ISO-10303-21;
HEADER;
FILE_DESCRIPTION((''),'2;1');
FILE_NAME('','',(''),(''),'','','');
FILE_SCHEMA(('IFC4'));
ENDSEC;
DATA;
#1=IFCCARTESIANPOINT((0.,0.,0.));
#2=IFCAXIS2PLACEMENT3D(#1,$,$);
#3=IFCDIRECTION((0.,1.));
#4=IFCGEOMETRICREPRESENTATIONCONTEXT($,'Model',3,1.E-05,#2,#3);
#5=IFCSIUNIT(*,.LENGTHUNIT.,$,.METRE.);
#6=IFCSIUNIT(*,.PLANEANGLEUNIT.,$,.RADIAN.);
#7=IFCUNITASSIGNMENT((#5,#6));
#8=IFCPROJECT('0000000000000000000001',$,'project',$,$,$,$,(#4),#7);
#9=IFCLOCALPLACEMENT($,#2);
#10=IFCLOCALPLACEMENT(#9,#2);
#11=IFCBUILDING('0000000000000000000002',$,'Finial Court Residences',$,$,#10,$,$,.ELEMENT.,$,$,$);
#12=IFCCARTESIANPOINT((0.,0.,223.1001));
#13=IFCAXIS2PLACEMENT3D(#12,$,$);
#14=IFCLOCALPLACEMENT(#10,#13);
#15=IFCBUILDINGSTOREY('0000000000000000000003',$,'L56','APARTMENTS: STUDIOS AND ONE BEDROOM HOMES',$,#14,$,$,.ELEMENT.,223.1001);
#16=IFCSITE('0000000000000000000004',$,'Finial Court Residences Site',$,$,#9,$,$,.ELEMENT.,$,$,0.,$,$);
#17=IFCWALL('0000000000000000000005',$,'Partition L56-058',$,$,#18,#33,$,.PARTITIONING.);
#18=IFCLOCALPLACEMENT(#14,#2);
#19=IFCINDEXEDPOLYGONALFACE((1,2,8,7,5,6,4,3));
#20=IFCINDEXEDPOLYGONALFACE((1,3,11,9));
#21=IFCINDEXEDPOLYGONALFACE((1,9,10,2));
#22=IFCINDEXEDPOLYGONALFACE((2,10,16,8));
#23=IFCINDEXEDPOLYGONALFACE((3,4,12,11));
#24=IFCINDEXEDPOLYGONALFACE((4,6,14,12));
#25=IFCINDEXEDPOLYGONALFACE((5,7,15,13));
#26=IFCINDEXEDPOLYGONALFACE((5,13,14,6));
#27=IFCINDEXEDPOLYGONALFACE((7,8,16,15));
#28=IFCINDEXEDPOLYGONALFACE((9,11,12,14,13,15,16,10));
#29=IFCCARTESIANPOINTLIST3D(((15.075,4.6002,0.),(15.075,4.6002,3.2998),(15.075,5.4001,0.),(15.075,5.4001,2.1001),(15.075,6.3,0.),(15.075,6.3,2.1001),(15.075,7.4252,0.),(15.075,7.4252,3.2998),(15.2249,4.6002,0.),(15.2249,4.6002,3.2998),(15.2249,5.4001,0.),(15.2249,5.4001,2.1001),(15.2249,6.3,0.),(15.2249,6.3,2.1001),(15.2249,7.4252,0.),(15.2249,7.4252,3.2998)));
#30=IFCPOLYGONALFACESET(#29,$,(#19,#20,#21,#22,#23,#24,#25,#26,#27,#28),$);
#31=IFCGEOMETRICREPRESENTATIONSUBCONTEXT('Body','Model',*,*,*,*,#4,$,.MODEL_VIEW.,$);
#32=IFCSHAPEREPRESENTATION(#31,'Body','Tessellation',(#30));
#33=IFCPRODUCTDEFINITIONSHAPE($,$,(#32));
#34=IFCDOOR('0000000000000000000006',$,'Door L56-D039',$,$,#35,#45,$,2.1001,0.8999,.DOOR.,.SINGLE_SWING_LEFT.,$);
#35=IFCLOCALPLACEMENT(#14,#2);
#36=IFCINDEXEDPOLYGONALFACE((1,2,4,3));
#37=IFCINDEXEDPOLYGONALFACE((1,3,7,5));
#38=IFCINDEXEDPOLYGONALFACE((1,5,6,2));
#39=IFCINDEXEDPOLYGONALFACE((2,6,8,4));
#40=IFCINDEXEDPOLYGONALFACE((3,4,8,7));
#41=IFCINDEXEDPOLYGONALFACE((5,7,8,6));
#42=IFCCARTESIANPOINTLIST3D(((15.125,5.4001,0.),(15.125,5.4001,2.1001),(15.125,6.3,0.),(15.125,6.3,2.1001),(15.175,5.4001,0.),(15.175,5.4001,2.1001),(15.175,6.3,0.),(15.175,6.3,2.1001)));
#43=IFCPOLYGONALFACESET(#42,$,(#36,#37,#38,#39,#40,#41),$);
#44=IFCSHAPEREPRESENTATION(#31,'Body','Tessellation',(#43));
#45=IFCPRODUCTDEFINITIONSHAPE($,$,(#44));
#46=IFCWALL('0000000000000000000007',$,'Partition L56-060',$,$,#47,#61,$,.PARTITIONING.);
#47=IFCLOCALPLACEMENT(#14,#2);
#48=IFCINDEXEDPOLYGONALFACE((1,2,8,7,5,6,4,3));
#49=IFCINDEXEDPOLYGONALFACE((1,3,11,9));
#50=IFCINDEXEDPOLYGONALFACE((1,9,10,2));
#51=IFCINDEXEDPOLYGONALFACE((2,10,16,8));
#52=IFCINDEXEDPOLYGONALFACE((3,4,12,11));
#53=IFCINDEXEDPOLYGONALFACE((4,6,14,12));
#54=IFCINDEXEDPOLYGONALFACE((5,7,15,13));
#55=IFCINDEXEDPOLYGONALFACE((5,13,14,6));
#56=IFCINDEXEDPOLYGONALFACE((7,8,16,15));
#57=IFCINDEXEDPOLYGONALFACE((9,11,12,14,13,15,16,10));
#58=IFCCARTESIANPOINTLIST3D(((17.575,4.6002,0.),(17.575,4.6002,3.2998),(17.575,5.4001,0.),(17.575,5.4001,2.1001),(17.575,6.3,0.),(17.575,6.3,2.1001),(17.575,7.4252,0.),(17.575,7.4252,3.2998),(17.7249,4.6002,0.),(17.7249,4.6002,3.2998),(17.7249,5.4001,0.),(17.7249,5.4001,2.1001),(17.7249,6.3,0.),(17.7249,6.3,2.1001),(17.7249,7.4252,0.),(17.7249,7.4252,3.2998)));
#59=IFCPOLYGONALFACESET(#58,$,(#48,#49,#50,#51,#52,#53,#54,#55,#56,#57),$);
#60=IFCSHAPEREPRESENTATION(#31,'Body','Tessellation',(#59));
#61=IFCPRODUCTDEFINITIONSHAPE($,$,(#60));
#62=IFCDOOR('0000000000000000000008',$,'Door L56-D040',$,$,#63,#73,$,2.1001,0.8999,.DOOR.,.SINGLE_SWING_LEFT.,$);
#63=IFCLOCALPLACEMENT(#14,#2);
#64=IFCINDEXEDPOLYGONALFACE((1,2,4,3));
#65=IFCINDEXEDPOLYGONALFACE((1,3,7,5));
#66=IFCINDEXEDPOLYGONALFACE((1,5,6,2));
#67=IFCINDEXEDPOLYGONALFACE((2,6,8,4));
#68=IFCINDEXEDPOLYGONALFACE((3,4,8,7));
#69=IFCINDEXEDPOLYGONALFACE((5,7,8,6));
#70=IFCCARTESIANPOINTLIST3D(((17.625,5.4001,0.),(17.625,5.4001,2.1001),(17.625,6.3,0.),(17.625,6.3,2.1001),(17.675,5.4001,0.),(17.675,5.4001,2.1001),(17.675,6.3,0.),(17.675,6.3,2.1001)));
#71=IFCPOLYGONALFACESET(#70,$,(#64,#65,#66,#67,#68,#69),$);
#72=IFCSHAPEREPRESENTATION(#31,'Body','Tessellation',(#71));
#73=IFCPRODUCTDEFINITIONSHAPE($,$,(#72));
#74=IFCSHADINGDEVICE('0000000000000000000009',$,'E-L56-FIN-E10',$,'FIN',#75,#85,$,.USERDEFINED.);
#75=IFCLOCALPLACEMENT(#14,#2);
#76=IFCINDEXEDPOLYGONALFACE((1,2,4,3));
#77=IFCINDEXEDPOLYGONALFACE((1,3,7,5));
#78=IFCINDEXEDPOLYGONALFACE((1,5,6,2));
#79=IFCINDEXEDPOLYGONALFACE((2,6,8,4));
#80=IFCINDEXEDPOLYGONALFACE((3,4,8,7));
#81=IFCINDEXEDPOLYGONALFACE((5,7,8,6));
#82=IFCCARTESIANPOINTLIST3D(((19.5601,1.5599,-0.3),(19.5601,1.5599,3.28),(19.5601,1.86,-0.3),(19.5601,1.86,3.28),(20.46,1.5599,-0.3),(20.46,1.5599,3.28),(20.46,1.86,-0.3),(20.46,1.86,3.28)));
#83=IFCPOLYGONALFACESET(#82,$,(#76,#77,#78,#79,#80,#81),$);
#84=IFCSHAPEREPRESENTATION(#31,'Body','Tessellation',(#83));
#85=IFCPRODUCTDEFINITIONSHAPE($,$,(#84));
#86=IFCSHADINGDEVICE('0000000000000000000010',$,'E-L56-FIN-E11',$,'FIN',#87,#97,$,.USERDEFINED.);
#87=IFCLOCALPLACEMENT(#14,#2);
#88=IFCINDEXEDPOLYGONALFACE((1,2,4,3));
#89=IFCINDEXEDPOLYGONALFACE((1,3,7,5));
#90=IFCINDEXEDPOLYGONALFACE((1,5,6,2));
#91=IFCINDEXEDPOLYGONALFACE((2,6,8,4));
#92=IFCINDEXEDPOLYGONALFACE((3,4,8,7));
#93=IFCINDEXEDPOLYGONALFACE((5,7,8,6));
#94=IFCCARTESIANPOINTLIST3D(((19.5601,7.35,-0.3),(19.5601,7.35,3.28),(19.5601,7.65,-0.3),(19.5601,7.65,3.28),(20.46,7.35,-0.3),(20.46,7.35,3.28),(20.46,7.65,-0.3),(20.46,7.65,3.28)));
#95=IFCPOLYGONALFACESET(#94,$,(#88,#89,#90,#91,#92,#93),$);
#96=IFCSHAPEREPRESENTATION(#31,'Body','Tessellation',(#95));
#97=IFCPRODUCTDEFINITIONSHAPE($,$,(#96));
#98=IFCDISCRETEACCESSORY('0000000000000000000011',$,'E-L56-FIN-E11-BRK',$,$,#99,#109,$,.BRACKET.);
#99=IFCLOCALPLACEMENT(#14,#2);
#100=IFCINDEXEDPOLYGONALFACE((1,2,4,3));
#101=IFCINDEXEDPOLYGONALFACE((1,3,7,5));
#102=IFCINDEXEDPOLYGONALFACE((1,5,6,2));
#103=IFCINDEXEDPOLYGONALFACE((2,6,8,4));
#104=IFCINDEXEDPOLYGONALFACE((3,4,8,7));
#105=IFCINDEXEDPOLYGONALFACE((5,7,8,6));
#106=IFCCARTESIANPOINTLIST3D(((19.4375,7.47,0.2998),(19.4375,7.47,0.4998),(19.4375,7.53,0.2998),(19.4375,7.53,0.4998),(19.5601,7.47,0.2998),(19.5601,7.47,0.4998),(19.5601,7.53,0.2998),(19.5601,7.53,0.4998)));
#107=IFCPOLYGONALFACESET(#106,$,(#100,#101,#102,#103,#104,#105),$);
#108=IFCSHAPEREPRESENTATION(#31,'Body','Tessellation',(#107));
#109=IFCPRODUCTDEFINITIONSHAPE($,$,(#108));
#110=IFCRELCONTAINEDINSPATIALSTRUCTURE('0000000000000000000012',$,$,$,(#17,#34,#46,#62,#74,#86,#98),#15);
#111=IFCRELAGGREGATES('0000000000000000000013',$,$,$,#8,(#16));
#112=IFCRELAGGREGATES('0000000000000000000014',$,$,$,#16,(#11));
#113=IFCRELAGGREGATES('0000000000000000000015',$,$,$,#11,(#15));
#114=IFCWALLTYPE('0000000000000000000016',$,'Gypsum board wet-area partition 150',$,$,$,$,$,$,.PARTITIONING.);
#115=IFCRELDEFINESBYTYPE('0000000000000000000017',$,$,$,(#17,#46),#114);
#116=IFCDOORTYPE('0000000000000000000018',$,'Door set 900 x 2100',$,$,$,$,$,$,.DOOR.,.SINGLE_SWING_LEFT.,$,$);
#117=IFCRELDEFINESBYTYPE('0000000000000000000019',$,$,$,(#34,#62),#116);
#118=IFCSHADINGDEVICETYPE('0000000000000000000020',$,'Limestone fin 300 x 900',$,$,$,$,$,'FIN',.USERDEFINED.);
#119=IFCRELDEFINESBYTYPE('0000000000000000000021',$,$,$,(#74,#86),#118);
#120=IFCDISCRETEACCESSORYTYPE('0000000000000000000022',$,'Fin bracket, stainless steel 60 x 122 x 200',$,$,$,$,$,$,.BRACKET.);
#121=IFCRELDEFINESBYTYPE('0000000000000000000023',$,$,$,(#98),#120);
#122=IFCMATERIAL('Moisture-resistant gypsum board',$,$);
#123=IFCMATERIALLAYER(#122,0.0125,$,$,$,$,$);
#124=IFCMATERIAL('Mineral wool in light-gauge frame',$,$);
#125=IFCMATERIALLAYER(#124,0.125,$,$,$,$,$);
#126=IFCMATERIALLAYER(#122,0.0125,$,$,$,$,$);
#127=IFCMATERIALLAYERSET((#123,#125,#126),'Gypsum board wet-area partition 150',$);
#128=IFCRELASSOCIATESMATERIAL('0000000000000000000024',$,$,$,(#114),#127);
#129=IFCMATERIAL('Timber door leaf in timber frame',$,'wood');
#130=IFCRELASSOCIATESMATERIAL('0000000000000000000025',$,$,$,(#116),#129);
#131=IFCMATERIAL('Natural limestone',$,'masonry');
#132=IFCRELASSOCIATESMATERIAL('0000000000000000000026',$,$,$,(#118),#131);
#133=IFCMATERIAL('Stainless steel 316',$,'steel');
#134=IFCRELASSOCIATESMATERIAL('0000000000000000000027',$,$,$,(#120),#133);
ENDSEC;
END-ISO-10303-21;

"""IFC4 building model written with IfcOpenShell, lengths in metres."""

from ifc_helpers import new_model, si_unit, direction, frame, frame_2d, origin, origin_2d, place, context, subcontext, project, spatial, rectangle, extrude, material, layer, layer_set, type_object, element, fill, save


model = new_model("IFC4")

# Units and contexts
model_context = context("Model", 3, precision=1e-05, world=origin(), true_north=direction((0.0, 1.0)))
body_context = subcontext(model_context, "Body", "Model", "MODEL_VIEW")
ifc_project = project(units=[si_unit("LENGTHUNIT", "METRE"), si_unit("PLANEANGLEUNIT", "RADIAN")], contexts=[model_context])

# Site, building, storey
site_placement = place(None, origin())
site = spatial("IfcSite", under=ifc_project, at=site_placement, Name="Finial Court Residences Site", CompositionType="ELEMENT", RefElevation=0.0)
building_placement = place(site_placement, origin())
building = spatial("IfcBuilding", under=site, at=building_placement, Name="Finial Court Residences", CompositionType="ELEMENT")
storey_placement = place(building_placement, frame((0.0, 0.0, 223.1001)))
storey = spatial("IfcBuildingStorey", under=building, at=storey_placement, Name="L56", Description="APARTMENTS: STUDIOS AND ONE BEDROOM HOMES", CompositionType="ELEMENT", Elevation=223.1001)

# Shared definitions
ifc_material_1 = material(Name="Mineral wool in light-gauge frame")
ifc_material_2 = material(Name="Moisture-resistant gypsum board")
ifc_layer_1 = layer(ifc_material_2, 0.0125)
ifc_layer_2 = layer(ifc_material_1, 0.125)
ifc_layer_3 = layer(ifc_material_2, 0.0125)
ifc_layer_set_1 = layer_set([ifc_layer_1, ifc_layer_2, ifc_layer_3], Name="Gypsum board wet-area partition 150")
wall_type_1 = type_object("IfcWallType", Name="Gypsum board wet-area partition 150", PredefinedType="PARTITIONING", material=ifc_layer_set_1)

# Walls, openings, doors
wall_1_placement = place(storey_placement, frame((15.1499, 4.6001, 0.0), z_axis=(0.0, 0.0, 1.0), x_axis=(0.0, 1.0, 0.0)))
wall_1 = element("IfcWall", 1, at=wall_1_placement, inside=storey, type_object=wall_type_1, Name="Partition L56-058", PredefinedType="PARTITIONING", context=body_context, shape_type="SweptSolid", body=[
    extrude(rectangle(XDim=2.825, YDim=0.1499, at=frame_2d((1.4126, 0.0))), origin(), (0.0, 0.0, 1.0), 3.2998),
])
opening_1_placement = place(wall_1_placement, frame((0.8, 0.0, 0.0)))
opening_1 = element("IfcOpeningElement", 2, at=opening_1_placement, cuts=wall_1, PredefinedType="OPENING", context=body_context, shape_type="SweptSolid", body=[
    extrude(rectangle(XDim=0.8999, YDim=2.1001, at=frame_2d((0.45, 1.05))), frame((0.0, 0.085, 0.0), z_axis=(0.0, -1.0, 0.0), x_axis=(1.0, 0.0, 0.0)), (0.0, 0.0, 1.0), 0.1699),
])
ifc_material_3 = material(Name="Timber door leaf in timber frame", Category="wood")
door_type = type_object("IfcDoorType", Name="Door set 900 x 2100", OperationType="SINGLE_SWING_LEFT", PredefinedType="DOOR", material=ifc_material_3)
door_1_placement = place(opening_1_placement, origin())
door_1 = element("IfcDoor", 3, at=door_1_placement, inside=storey, type_object=door_type, Name="Door L56-D039", OperationType="SINGLE_SWING_LEFT", OverallHeight=2.1001, OverallWidth=0.8999, PredefinedType="DOOR", context=body_context, shape_type="SweptSolid", body=[
    extrude(rectangle(XDim=0.8999, YDim=2.1001, at=frame_2d((0.45, 1.05))), frame((0.0, 0.0249, 0.0), z_axis=(0.0, -1.0, 0.0), x_axis=(1.0, 0.0, 0.0)), (0.0, 0.0, 1.0), 0.05),
])
fill(opening_1, door_1)
wall_2_placement = place(storey_placement, frame((17.6499, 4.6001, 0.0), z_axis=(0.0, 0.0, 1.0), x_axis=(0.0, 1.0, 0.0)))
wall_2 = element("IfcWall", 4, at=wall_2_placement, inside=storey, type_object=wall_type_1, Name="Partition L56-060", PredefinedType="PARTITIONING", context=body_context, shape_type="SweptSolid", body=[
    extrude(rectangle(XDim=2.825, YDim=0.1499, at=frame_2d((1.4126, 0.0))), origin(), (0.0, 0.0, 1.0), 3.2998),
])
opening_2_placement = place(wall_2_placement, frame((0.8, 0.0, 0.0)))
opening_2 = element("IfcOpeningElement", 5, at=opening_2_placement, cuts=wall_2, PredefinedType="OPENING", context=body_context, shape_type="SweptSolid", body=[
    extrude(rectangle(XDim=0.8999, YDim=2.1001, at=frame_2d((0.45, 1.05))), frame((0.0, 0.085, 0.0), z_axis=(0.0, -1.0, 0.0), x_axis=(1.0, 0.0, 0.0)), (0.0, 0.0, 1.0), 0.1699),
])
door_2_placement = place(opening_2_placement, origin())
door_2 = element("IfcDoor", 6, at=door_2_placement, inside=storey, type_object=door_type, Name="Door L56-D040", OperationType="SINGLE_SWING_LEFT", OverallHeight=2.1001, OverallWidth=0.8999, PredefinedType="DOOR", context=body_context, shape_type="SweptSolid", body=[
    extrude(rectangle(XDim=0.8999, YDim=2.1001, at=frame_2d((0.45, 1.05))), frame((0.0, 0.0249, 0.0), z_axis=(0.0, -1.0, 0.0), x_axis=(1.0, 0.0, 0.0)), (0.0, 0.0, 1.0), 0.05),
])
fill(opening_2, door_2)

# Shading devices
ifc_material_4 = material(Name="Natural limestone", Category="masonry")
shading_device_type = type_object("IfcShadingDeviceType", Name="Limestone fin 300 x 900", ElementType="FIN", PredefinedType="USERDEFINED", material=ifc_material_4)
for number, where, z_axis, x_axis, name in (
    (7, (20.01, 1.71, -0.3), (0.0, 0.0, 1.0), (1.0, 0.0, 0.0), "E-L56-FIN-E10"),
    (8, (20.01, 7.5, -0.3), (0.0, 0.0, 1.0), (1.0, 0.0, 0.0), "E-L56-FIN-E11"),
):
    element("IfcShadingDevice", number, at=place(storey_placement, frame(where, z_axis=z_axis, x_axis=x_axis)), inside=storey, type_object=shading_device_type, Name=name, ObjectType="FIN", PredefinedType="USERDEFINED", context=body_context, shape_type="SweptSolid", body=[
        extrude(rectangle(XDim=0.8999, YDim=0.3, at=origin_2d()), origin(), (0.0, 0.0, 1.0), 3.5801),
    ])

# Discrete accessory
ifc_material_5 = material(Name="Stainless steel 316", Category="steel")
discrete_accessory_type = type_object("IfcDiscreteAccessoryType", Name="Fin bracket, stainless steel 60 x 122 x 200", PredefinedType="BRACKET", material=ifc_material_5)
discrete_accessory_placement = place(storey_placement, frame((19.4988, 7.5, 0.2998), z_axis=(0.0, 0.0, 1.0), x_axis=(1.0, 0.0, 0.0)))
element("IfcDiscreteAccessory", 9, at=discrete_accessory_placement, inside=storey, type_object=discrete_accessory_type, Name="E-L56-FIN-E11-BRK", PredefinedType="BRACKET", context=body_context, shape_type="SweptSolid", body=[
    extrude(rectangle(XDim=0.1226, YDim=0.0601, at=origin_2d()), origin(), (0.0, 0.0, 1.0), 0.2),
])

save(model, "model.ifc")
